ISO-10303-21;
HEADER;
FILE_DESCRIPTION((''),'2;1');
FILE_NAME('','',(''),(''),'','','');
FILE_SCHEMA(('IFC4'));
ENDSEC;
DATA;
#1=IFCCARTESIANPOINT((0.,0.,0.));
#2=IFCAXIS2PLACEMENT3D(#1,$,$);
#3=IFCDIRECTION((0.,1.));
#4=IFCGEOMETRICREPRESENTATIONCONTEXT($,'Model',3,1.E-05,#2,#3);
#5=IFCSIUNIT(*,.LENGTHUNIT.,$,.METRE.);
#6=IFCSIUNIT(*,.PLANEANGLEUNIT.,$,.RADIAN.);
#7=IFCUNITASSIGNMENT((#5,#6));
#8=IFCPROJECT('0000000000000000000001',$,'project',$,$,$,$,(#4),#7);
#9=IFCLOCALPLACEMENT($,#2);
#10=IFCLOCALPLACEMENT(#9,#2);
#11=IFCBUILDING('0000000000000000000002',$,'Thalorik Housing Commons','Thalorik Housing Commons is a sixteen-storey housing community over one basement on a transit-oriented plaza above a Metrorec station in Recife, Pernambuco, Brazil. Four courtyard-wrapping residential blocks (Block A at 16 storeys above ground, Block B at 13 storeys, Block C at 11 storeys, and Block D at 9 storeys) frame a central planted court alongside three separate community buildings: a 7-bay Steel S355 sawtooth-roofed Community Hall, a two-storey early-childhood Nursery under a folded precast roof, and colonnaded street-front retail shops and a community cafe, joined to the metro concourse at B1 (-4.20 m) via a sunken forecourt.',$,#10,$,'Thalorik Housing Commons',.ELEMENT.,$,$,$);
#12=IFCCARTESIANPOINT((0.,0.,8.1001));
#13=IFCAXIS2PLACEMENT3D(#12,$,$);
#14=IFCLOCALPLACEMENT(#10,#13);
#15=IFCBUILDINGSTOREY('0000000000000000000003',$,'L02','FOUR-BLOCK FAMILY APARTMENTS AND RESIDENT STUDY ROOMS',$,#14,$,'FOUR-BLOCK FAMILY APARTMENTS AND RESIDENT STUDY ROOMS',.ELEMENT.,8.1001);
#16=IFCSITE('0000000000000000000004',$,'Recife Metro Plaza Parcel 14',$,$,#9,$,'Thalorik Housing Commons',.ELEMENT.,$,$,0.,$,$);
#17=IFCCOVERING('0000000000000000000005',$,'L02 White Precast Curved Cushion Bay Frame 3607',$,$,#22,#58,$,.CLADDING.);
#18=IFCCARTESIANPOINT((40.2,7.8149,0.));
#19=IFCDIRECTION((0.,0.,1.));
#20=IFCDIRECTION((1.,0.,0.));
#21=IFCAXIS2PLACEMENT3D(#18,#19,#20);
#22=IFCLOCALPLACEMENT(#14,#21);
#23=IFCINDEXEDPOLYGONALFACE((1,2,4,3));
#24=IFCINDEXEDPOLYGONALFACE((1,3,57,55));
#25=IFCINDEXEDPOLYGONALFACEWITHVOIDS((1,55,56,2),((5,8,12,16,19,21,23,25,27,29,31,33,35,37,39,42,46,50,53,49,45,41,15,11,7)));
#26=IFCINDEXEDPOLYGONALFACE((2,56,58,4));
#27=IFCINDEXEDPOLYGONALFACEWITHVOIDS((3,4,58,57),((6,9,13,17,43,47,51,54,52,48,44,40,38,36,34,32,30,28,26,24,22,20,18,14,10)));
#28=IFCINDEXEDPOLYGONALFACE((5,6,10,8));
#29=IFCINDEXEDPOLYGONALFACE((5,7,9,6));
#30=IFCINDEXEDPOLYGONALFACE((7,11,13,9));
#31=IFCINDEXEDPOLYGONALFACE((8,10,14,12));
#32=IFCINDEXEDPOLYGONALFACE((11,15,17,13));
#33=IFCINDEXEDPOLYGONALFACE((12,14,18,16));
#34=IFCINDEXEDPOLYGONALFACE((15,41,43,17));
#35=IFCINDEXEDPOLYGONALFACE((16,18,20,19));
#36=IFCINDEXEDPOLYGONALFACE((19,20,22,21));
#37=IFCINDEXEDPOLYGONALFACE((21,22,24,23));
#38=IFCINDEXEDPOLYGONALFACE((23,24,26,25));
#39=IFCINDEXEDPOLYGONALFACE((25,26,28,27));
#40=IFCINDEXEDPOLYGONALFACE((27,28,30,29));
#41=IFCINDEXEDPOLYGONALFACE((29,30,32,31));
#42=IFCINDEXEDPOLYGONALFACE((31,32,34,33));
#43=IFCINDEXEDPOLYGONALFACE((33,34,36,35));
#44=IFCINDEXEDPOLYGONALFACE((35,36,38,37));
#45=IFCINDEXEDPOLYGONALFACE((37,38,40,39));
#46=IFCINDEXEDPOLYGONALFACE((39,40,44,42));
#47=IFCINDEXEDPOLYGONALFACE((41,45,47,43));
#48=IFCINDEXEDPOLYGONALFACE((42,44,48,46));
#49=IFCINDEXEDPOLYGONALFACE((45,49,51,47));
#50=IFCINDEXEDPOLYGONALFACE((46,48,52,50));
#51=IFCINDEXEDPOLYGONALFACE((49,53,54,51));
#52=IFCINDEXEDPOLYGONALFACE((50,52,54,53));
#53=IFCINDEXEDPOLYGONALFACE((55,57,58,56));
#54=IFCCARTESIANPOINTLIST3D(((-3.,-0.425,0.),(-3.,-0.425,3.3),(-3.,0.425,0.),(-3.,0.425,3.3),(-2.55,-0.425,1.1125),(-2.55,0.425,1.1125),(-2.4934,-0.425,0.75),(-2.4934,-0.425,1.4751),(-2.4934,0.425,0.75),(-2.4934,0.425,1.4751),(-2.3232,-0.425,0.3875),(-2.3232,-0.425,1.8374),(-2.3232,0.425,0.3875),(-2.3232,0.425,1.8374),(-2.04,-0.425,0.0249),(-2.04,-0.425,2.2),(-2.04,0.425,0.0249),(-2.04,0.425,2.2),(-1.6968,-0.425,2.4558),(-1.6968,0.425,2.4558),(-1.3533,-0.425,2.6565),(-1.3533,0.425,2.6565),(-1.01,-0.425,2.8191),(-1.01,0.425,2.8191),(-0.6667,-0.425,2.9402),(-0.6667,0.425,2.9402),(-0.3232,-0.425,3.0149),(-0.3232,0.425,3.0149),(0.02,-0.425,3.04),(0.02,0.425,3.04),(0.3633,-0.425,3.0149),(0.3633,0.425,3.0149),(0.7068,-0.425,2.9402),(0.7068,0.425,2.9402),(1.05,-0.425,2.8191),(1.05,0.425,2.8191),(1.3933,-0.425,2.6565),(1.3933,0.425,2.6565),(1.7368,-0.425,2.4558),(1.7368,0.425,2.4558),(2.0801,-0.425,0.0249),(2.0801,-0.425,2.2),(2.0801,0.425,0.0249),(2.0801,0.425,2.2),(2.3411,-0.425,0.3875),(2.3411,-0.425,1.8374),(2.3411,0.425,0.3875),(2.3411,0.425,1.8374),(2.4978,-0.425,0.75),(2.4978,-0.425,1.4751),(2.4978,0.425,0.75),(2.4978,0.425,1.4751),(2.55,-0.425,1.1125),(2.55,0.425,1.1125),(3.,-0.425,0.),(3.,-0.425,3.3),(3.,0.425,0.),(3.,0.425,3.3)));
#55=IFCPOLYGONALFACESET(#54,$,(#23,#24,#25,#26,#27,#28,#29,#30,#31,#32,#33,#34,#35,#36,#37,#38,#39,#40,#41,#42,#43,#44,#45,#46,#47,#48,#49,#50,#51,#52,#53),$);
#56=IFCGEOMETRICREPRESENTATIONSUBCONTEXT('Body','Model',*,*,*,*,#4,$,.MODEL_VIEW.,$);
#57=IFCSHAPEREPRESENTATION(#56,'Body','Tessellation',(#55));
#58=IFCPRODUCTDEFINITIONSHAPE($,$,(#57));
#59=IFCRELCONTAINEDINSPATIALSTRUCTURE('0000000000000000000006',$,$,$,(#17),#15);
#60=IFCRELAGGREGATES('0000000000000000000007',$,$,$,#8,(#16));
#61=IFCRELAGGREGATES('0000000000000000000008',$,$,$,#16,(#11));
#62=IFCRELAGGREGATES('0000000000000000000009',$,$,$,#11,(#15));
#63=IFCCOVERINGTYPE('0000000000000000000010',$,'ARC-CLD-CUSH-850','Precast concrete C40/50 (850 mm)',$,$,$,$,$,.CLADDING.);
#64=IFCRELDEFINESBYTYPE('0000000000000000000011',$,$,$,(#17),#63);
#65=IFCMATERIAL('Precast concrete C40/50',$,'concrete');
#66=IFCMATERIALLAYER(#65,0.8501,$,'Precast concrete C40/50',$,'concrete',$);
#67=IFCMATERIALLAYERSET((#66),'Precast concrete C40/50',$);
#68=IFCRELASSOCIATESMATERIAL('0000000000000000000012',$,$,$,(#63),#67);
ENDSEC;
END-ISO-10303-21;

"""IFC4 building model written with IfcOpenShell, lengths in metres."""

from ifc_helpers import new_model, si_unit, direction, frame, origin, place, context, subcontext, project, spatial, polyline, outline, extrude, material, layer, layer_set, type_object, element, save


model = new_model("IFC4")

# Units and contexts
model_context = context("Model", 3, precision=1e-05, world=origin(), true_north=direction((0.0, 1.0)))
body_context = subcontext(model_context, "Body", "Model", "MODEL_VIEW")
ifc_project = project(units=[si_unit("LENGTHUNIT", "METRE"), si_unit("PLANEANGLEUNIT", "RADIAN")], contexts=[model_context])

# Site, building, storey
site_placement = place(None, origin())
site = spatial("IfcSite", under=ifc_project, at=site_placement, Name="Recife Metro Plaza Parcel 14", LongName="Thalorik Housing Commons", CompositionType="ELEMENT", RefElevation=0.0)
building_placement = place(site_placement, origin())
building = spatial("IfcBuilding", under=site, at=building_placement, Name="Thalorik Housing Commons", Description="Thalorik Housing Commons is a sixteen-storey housing community over one basement on a transit-oriented plaza above a Metrorec station in Recife, Pernambuco, Brazil. Four courtyard-wrapping residential blocks (Block A at 16 storeys above ground, Block B at 13 storeys, Block C at 11 storeys, and Block D at 9 storeys) frame a central planted court alongside three separate community buildings: a 7-bay Steel S355 sawtooth-roofed Community Hall, a two-storey early-childhood Nursery under a folded precast roof, and colonnaded street-front retail shops and a community cafe, joined to the metro concourse at B1 (-4.20 m) via a sunken forecourt.", LongName="Thalorik Housing Commons", CompositionType="ELEMENT")
storey_placement = place(building_placement, frame((0.0, 0.0, 8.1001)))
storey = spatial("IfcBuildingStorey", under=building, at=storey_placement, Name="L02", Description="FOUR-BLOCK FAMILY APARTMENTS AND RESIDENT STUDY ROOMS", LongName="FOUR-BLOCK FAMILY APARTMENTS AND RESIDENT STUDY ROOMS", CompositionType="ELEMENT", Elevation=8.1001)

# Shared definitions
ifc_material_1 = material(Name="Precast concrete C40/50", Category="concrete")

# Covering
ifc_layer_1 = layer(ifc_material_1, 0.8501, Name="Precast concrete C40/50", Category="concrete")
ifc_layer_set_1 = layer_set([ifc_layer_1], Name="Precast concrete C40/50")
covering_type_1 = type_object("IfcCoveringType", Name="ARC-CLD-CUSH-850", Description="Precast concrete C40/50 (850 mm)", PredefinedType="CLADDING", material=ifc_layer_set_1)
covering_1_placement = place(storey_placement, frame((40.2, 7.8149, 0.0), z_axis=(0.0, 0.0, 1.0), x_axis=(1.0, 0.0, 0.0)))
element("IfcCovering", 1, at=covering_1_placement, inside=storey, type_object=covering_type_1, Name="L02 White Precast Curved Cushion Bay Frame 3607", PredefinedType="CLADDING", context=body_context, shape_type="SweptSolid", body=[
    extrude(outline(polyline([(-3.0, 0.0), (3.0, 0.0), (3.0, 3.3), (-3.0, 3.3), (-3.0, 0.0)]), holes=[polyline([(2.0801, 0.0249), (2.3411, 0.3875), (2.4978, 0.75), (2.55, 1.1125), (2.4978, 1.4751), (2.3411, 1.8374), (2.0801, 2.2), (1.7368, 2.4558), (1.3933, 2.6565), (1.05, 2.8191), (0.7068, 2.9402), (0.3633, 3.0149), (0.02, 3.04), (-0.3232, 3.0149), (-0.6667, 2.9402), (-1.01, 2.8191), (-1.3533, 2.6565), (-1.6968, 2.4558), (-2.04, 2.2), (-2.3232, 1.8374), (-2.4934, 1.4751), (-2.55, 1.1125), (-2.4934, 0.75), (-2.3232, 0.3875), (-2.04, 0.0249), (2.0801, 0.0249)])]), frame((0.0, 0.425, 0.0), z_axis=(0.0, -1.0, 0.0), x_axis=(1.0, 0.0, 0.0)), (0.0, 0.0, 1.0), 0.8501),
])

save(model, "model.ifc")
